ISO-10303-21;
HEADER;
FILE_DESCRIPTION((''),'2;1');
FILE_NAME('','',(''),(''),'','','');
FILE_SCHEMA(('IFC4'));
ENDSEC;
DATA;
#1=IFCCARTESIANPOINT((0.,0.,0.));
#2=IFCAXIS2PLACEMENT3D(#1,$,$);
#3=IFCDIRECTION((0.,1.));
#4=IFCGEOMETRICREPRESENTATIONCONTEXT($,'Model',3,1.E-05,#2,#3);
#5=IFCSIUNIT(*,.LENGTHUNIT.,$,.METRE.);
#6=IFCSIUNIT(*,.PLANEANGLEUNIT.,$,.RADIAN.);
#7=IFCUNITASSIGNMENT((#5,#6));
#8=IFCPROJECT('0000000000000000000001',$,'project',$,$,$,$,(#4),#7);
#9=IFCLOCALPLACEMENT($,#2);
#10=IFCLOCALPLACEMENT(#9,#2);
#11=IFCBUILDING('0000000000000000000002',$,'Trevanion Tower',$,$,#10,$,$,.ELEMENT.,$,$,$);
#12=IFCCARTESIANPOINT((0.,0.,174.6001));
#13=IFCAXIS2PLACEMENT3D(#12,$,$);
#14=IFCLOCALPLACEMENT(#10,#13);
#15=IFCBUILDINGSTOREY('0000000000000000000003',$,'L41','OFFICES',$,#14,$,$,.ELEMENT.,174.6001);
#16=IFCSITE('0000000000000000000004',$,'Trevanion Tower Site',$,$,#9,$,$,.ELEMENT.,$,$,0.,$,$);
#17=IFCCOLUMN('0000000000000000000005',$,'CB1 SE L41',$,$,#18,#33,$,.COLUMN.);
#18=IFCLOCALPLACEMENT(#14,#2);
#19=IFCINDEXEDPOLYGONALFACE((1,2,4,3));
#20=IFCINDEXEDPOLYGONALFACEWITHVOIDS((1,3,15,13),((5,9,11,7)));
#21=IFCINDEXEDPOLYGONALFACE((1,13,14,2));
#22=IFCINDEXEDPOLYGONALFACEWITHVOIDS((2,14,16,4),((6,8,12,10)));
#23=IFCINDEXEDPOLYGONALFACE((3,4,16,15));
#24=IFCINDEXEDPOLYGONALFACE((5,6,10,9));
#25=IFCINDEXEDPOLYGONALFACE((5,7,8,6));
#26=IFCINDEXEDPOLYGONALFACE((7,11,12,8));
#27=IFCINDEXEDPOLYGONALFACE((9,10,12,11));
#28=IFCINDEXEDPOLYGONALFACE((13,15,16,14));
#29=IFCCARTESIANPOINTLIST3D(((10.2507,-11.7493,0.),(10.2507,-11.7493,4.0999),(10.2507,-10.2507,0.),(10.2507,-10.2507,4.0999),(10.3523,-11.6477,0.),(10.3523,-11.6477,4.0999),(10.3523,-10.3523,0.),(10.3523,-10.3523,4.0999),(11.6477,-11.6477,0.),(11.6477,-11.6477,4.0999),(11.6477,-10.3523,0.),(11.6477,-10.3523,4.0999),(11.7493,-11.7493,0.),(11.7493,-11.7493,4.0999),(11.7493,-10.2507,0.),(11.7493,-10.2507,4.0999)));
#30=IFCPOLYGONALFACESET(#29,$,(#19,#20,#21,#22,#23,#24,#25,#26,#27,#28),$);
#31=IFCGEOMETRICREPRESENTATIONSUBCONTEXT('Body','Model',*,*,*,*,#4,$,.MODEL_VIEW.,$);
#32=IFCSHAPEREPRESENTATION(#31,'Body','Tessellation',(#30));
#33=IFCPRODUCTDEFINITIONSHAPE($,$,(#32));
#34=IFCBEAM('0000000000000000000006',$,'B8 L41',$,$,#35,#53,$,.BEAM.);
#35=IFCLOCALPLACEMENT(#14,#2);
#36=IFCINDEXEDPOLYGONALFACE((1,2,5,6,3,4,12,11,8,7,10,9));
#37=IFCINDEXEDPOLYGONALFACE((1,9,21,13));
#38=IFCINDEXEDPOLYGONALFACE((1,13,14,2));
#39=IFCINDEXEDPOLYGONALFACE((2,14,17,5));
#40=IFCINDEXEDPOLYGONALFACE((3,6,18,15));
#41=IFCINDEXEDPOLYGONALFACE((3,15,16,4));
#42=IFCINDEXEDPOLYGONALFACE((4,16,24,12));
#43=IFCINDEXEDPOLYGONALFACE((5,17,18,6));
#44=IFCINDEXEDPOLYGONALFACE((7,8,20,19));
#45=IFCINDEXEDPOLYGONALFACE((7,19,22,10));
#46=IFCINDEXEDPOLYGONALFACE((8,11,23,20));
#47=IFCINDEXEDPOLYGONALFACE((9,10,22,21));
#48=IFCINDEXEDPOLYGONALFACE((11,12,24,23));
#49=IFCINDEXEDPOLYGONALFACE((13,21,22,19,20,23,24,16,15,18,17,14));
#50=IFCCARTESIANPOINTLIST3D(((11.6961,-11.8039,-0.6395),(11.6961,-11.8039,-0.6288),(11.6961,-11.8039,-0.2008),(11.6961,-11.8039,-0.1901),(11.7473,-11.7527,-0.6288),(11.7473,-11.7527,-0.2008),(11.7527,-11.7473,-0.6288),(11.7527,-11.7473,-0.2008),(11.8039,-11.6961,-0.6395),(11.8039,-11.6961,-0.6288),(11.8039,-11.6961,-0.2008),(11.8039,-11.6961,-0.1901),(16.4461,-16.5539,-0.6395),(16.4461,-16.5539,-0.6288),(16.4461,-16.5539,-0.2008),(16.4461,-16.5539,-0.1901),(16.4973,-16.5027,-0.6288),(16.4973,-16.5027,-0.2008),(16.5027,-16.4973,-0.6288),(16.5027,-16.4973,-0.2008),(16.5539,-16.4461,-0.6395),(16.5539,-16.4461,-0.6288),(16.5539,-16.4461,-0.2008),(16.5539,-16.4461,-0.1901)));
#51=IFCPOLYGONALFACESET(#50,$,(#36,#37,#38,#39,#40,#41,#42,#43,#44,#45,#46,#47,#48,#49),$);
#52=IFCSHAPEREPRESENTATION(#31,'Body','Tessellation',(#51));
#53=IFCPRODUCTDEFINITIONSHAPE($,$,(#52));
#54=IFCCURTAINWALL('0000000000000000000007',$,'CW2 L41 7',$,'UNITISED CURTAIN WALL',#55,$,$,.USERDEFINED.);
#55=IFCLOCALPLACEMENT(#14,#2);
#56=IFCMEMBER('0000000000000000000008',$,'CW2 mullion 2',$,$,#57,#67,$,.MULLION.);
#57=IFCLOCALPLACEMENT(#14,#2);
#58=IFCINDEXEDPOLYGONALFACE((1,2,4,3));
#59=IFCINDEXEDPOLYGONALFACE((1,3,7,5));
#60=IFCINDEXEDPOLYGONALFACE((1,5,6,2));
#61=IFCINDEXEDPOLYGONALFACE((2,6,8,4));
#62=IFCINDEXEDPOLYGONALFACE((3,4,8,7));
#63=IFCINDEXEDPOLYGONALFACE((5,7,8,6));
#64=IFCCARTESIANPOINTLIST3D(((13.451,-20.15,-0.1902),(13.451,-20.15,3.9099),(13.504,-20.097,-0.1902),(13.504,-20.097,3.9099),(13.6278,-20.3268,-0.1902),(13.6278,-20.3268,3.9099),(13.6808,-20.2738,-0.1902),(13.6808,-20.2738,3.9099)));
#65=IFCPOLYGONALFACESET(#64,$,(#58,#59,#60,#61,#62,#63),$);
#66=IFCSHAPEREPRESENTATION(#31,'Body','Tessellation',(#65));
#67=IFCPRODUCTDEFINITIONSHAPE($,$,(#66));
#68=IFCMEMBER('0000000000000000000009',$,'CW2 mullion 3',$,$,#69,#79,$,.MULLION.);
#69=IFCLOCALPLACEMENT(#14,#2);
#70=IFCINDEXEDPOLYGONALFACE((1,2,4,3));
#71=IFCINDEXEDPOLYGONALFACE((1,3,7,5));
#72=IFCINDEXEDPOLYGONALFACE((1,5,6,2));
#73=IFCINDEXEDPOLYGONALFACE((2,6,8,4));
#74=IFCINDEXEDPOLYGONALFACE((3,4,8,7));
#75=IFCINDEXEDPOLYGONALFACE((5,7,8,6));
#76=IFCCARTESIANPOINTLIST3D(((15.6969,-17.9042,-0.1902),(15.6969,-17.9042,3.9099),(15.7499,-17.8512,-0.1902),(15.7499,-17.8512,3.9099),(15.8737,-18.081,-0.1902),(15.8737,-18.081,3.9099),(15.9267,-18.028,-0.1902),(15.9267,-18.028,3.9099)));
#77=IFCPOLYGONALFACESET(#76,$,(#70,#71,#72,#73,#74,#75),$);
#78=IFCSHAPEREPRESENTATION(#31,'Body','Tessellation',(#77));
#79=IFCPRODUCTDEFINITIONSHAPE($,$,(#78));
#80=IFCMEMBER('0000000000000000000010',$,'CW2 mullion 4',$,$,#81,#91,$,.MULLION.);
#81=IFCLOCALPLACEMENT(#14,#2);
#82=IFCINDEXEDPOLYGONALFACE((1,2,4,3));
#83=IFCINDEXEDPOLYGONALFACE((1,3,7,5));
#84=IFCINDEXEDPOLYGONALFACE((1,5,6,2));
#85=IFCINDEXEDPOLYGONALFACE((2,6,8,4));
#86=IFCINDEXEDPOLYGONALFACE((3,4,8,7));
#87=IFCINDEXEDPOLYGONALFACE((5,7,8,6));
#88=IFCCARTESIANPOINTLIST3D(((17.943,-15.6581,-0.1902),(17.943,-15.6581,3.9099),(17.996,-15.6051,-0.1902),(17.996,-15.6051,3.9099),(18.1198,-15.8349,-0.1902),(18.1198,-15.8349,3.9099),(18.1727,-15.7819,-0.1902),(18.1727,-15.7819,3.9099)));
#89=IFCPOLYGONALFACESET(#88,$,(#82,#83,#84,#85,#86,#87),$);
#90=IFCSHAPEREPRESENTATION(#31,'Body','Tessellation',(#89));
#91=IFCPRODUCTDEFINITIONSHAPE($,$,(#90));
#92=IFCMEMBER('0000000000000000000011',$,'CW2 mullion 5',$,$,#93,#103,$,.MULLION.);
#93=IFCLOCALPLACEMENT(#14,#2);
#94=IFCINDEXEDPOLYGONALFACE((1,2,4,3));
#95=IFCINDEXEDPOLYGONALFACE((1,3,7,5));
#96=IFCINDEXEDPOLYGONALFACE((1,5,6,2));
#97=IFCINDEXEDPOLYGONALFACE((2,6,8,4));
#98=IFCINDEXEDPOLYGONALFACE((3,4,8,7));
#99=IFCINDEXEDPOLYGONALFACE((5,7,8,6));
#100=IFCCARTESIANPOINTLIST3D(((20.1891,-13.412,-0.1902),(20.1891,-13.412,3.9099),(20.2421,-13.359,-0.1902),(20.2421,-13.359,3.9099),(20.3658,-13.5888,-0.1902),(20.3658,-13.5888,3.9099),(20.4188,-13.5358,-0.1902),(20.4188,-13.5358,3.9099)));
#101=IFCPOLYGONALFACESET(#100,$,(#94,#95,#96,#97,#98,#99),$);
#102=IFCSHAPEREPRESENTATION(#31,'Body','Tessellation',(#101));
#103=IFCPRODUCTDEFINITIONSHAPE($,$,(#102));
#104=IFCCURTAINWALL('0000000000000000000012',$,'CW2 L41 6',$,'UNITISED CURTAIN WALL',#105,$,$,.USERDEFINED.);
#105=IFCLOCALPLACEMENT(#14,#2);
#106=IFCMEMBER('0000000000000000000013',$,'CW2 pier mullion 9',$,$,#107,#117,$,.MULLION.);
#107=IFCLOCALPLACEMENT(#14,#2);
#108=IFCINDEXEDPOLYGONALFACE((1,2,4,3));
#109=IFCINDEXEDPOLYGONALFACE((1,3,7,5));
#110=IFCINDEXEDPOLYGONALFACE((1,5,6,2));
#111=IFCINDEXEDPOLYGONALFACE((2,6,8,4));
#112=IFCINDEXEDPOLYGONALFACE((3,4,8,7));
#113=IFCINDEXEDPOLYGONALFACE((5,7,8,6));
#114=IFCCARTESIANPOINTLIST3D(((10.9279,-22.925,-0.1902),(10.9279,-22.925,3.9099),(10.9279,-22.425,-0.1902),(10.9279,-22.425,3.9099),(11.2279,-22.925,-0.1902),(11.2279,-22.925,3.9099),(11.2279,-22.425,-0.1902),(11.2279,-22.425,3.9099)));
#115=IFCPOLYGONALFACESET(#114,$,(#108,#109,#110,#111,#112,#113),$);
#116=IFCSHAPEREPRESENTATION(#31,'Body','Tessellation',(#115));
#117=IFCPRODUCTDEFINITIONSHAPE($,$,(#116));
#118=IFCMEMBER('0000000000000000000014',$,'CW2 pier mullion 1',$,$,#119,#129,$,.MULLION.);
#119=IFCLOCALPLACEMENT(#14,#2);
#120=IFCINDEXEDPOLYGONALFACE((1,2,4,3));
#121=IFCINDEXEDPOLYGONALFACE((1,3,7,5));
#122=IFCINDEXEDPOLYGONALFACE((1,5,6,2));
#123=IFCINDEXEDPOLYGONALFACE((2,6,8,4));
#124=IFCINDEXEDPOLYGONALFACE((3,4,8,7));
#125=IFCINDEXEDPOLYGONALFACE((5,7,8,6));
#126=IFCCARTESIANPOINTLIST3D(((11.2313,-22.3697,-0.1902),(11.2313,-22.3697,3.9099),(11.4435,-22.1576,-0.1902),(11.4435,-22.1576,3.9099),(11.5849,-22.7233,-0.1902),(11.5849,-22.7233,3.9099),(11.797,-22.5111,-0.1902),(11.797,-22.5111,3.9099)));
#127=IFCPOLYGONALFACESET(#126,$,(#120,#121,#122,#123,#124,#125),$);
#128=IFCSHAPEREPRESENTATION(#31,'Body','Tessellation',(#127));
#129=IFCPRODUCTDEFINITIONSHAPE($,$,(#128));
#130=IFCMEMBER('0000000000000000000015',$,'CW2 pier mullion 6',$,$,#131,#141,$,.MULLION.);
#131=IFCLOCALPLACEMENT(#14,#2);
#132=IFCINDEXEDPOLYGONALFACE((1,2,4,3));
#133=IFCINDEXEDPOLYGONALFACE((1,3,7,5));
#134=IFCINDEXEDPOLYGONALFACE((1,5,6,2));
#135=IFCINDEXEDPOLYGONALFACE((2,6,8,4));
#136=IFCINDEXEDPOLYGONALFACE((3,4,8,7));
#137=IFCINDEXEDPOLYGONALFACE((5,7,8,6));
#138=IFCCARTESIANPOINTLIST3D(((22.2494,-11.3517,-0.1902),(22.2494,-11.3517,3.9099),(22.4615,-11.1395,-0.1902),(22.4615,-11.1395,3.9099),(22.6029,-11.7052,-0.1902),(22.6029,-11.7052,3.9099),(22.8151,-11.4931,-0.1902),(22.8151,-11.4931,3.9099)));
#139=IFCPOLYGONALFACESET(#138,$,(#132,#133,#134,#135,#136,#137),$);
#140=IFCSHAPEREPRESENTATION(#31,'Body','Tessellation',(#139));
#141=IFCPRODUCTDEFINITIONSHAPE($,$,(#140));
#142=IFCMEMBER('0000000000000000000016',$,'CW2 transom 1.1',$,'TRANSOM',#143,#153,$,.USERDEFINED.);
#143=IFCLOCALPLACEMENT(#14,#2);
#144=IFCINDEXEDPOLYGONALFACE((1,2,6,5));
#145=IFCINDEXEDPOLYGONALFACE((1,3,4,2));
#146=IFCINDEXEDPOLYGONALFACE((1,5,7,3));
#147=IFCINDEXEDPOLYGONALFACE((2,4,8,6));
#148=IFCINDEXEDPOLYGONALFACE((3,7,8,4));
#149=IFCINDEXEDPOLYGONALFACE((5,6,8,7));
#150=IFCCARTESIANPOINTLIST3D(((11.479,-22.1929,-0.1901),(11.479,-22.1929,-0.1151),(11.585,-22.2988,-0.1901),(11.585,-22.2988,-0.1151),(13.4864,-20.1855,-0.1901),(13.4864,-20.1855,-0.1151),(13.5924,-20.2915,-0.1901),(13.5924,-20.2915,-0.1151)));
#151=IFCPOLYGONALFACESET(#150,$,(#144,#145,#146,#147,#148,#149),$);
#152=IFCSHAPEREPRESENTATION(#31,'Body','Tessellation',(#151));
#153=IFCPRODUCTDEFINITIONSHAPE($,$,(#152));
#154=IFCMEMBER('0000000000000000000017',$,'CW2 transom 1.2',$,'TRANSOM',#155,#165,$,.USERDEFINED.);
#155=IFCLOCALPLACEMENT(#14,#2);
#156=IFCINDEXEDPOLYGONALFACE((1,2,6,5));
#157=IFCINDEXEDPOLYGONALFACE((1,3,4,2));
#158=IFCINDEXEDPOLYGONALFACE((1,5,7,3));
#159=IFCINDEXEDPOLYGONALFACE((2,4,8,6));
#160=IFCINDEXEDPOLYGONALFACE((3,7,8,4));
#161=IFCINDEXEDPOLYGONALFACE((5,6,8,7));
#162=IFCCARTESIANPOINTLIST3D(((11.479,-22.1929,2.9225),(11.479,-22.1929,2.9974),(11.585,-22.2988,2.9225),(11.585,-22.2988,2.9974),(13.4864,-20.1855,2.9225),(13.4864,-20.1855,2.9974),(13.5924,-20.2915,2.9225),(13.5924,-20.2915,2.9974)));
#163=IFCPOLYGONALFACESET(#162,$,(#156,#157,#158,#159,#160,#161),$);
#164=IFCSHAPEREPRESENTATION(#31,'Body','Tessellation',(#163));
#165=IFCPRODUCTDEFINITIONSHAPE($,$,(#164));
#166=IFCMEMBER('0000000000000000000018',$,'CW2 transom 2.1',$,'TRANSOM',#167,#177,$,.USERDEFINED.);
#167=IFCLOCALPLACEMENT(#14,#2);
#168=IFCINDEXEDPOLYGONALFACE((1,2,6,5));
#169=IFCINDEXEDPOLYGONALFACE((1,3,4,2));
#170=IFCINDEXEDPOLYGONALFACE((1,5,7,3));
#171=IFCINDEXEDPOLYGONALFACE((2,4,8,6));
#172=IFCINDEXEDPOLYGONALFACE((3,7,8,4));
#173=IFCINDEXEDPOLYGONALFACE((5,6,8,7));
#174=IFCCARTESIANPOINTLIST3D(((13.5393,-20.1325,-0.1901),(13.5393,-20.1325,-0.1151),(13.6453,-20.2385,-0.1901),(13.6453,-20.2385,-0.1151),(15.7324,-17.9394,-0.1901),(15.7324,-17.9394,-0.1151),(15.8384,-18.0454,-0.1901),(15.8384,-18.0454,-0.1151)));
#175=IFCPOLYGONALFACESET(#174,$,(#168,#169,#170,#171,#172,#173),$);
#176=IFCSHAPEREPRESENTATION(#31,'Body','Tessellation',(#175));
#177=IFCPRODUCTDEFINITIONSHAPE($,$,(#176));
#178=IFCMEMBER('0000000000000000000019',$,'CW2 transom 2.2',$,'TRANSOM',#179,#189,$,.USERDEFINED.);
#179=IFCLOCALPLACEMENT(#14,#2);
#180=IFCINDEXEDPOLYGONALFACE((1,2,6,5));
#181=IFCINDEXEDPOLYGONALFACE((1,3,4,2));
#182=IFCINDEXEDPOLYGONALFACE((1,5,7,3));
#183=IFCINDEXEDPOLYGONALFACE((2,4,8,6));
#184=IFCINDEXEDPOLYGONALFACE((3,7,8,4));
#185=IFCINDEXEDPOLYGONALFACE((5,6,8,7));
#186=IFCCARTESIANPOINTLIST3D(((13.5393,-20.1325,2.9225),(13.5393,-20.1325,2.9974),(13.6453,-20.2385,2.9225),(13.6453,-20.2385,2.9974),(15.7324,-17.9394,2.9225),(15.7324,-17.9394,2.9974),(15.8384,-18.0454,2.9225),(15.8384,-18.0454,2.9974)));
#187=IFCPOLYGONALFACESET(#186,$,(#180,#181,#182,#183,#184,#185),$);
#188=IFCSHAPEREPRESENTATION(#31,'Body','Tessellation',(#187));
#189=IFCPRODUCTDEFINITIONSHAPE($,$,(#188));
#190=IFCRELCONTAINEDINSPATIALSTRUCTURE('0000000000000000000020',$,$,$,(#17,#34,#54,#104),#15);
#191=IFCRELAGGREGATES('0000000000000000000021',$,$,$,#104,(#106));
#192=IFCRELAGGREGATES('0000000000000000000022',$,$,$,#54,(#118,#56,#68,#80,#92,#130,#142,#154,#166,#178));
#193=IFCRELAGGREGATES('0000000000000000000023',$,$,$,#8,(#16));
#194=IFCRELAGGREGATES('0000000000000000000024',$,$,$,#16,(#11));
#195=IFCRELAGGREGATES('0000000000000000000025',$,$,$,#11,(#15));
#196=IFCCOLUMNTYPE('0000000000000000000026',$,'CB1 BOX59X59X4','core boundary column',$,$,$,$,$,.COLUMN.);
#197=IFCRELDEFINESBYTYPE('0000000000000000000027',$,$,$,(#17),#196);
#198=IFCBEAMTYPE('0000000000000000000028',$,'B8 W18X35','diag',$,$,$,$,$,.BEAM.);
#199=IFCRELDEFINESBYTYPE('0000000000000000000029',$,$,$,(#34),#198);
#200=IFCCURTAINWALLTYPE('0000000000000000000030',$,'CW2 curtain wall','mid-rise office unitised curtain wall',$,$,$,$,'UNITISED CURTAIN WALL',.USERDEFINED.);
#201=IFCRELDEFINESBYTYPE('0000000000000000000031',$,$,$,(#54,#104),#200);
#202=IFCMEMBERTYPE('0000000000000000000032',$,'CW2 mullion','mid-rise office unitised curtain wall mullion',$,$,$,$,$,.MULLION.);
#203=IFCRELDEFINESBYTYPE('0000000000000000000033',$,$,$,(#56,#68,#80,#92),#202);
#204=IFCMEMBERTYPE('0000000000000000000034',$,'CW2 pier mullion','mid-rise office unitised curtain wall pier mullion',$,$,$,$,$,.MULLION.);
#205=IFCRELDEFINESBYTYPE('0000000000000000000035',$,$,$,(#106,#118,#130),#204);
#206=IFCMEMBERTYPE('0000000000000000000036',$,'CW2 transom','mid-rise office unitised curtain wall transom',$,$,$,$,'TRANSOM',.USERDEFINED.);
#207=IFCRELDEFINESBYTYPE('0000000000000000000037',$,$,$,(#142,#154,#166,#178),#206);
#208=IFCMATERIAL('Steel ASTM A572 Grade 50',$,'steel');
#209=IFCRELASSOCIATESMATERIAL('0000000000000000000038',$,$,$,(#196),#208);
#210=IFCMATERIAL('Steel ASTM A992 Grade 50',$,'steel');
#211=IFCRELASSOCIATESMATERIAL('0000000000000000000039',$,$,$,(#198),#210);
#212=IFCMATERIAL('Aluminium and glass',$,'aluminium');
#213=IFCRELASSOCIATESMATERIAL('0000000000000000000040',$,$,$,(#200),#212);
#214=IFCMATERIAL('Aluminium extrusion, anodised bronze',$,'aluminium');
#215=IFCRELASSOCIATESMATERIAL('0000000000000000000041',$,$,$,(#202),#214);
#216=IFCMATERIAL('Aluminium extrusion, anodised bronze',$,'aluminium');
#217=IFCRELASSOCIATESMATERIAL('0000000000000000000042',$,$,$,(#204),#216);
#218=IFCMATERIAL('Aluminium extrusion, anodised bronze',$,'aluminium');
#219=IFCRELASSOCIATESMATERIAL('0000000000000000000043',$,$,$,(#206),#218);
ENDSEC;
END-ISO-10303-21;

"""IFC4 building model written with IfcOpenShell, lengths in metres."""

from ifc_helpers import new_model, si_unit, direction, frame, origin, origin_2d, place, context, subcontext, project, spatial, rectangle, hollow_rectangle, i_section, extrude, material, material_profile, profile_set, type_object, element, aggregate, save


model = new_model("IFC4")

# Units and contexts
model_context = context("Model", 3, precision=1e-05, world=origin(), true_north=direction((0.0, 1.0)))
body_context = subcontext(model_context, "Body", "Model", "MODEL_VIEW")
ifc_project = project(units=[si_unit("LENGTHUNIT", "METRE"), si_unit("PLANEANGLEUNIT", "RADIAN")], contexts=[model_context])

# Site, building, storey
site_placement = place(None, origin())
site = spatial("IfcSite", under=ifc_project, at=site_placement, Name="Trevanion Tower Site", CompositionType="ELEMENT", RefElevation=0.0)
building_placement = place(site_placement, origin())
building = spatial("IfcBuilding", under=site, at=building_placement, Name="Trevanion Tower", CompositionType="ELEMENT")
storey_placement = place(building_placement, frame((0.0, 0.0, 174.6001)))
storey = spatial("IfcBuildingStorey", under=building, at=storey_placement, Name="L41", Description="OFFICES", CompositionType="ELEMENT", Elevation=174.6001)

# Column
ifc_material_1 = material(Name="Steel ASTM A572 Grade 50", Category="steel")
ifc_material_profile_1 = material_profile(ifc_material_1, hollow_rectangle(XDim=1.4985, YDim=1.4985, WallThickness=0.1016, at=origin_2d()), Name="BOX59X59X4")
ifc_profile_set_1 = profile_set([ifc_material_profile_1], Name="Steel ASTM A572 Grade 50")
column_type = type_object("IfcColumnType", Name="CB1 BOX59X59X4", Description="core boundary column", PredefinedType="COLUMN", material=ifc_profile_set_1)
column_placement = place(storey_placement, frame((11.0, -11.0, 0.0), z_axis=(0.0, 0.0, 1.0), x_axis=(1.0, 0.0, 0.0)))
element("IfcColumn", 1, at=column_placement, inside=storey, type_object=column_type, Name="CB1 SE L41", PredefinedType="COLUMN", context=body_context, shape_type="SweptSolid", body=[
    extrude(hollow_rectangle(XDim=1.4985, YDim=1.4985, WallThickness=0.1016, at=origin_2d()), origin(), (0.0, 0.0, 1.0), 4.0999),
])

# Beam
ifc_material_2 = material(Name="Steel ASTM A992 Grade 50", Category="steel")
ifc_material_profile_2 = material_profile(ifc_material_2, i_section(OverallWidth=0.1523, OverallDepth=0.4495, WebThickness=0.0076, FlangeThickness=0.0107, at=origin_2d()), Name="W18X35")
ifc_profile_set_2 = profile_set([ifc_material_profile_2], Name="Steel ASTM A992 Grade 50")
beam_type = type_object("IfcBeamType", Name="B8 W18X35", Description="diag", PredefinedType="BEAM", material=ifc_profile_set_2)
beam_placement = place(storey_placement, frame((11.75, -11.75, -0.4148), z_axis=(0.707107, -0.707107, 0.0), x_axis=(0.707107, 0.707107, 0.0)))
element("IfcBeam", 2, at=beam_placement, inside=storey, type_object=beam_type, Name="B8 L41", PredefinedType="BEAM", context=body_context, shape_type="SweptSolid", body=[
    extrude(i_section(OverallWidth=0.1523, OverallDepth=0.4495, WebThickness=0.0076, FlangeThickness=0.0107, at=origin_2d()), origin(), (0.0, 0.0, 1.0), 6.7175),
])

# Curtain wall, members
ifc_material_3 = material(Name="Aluminium and glass", Category="aluminium")
curtain_wall_type = type_object("IfcCurtainWallType", Name="CW2 curtain wall", Description="mid-rise office unitised curtain wall", ElementType="UNITISED CURTAIN WALL", PredefinedType="USERDEFINED", material=ifc_material_3)
curtain_wall_1_placement = place(storey_placement, origin())
curtain_wall_1 = element("IfcCurtainWall", 3, at=curtain_wall_1_placement, inside=storey, type_object=curtain_wall_type, Name="CW2 L41 7", ObjectType="UNITISED CURTAIN WALL", PredefinedType="USERDEFINED")
ifc_material_4 = material(Name="Aluminium extrusion, anodised bronze", Category="aluminium")
ifc_material_profile_3 = material_profile(ifc_material_4, rectangle(XDim=0.075, YDim=0.25, at=origin_2d()), Name="CW2 mullion")
ifc_profile_set_3 = profile_set([ifc_material_profile_3], Name="Aluminium extrusion, anodised bronze")
member_type_1 = type_object("IfcMemberType", Name="CW2 mullion", Description="mid-rise office unitised curtain wall mullion", PredefinedType="MULLION", material=ifc_profile_set_3)
member_1_placement = place(storey_placement, frame((13.5659, -20.2119, -0.1902), z_axis=(0.0, 0.0, 1.0), x_axis=(0.707107, 0.707107, 0.0)))
member_1 = element("IfcMember", 4, at=member_1_placement, type_object=member_type_1, Name="CW2 mullion 2", PredefinedType="MULLION", context=body_context, shape_type="SweptSolid", body=[
    extrude(rectangle(XDim=0.075, YDim=0.25, at=origin_2d()), origin(), (0.0, 0.0, 1.0), 4.1001),
])
member_2_placement = place(storey_placement, frame((15.8118, -17.9661, -0.1902), z_axis=(0.0, 0.0, 1.0), x_axis=(0.707107, 0.707107, 0.0)))
member_2 = element("IfcMember", 5, at=member_2_placement, type_object=member_type_1, Name="CW2 mullion 3", PredefinedType="MULLION", context=body_context, shape_type="SweptSolid", body=[
    extrude(rectangle(XDim=0.075, YDim=0.25, at=origin_2d()), origin(), (0.0, 0.0, 1.0), 4.1001),
])
member_3_placement = place(storey_placement, frame((18.0579, -15.72, -0.1902), z_axis=(0.0, 0.0, 1.0), x_axis=(0.707107, 0.707107, 0.0)))
member_3 = element("IfcMember", 6, at=member_3_placement, type_object=member_type_1, Name="CW2 mullion 4", PredefinedType="MULLION", context=body_context, shape_type="SweptSolid", body=[
    extrude(rectangle(XDim=0.075, YDim=0.25, at=origin_2d()), origin(), (0.0, 0.0, 1.0), 4.1001),
])
member_4_placement = place(storey_placement, frame((20.304, -13.4739, -0.1902), z_axis=(0.0, 0.0, 1.0), x_axis=(0.707107, 0.707107, 0.0)))
member_4 = element("IfcMember", 7, at=member_4_placement, type_object=member_type_1, Name="CW2 mullion 5", PredefinedType="MULLION", context=body_context, shape_type="SweptSolid", body=[
    extrude(rectangle(XDim=0.075, YDim=0.25, at=origin_2d()), origin(), (0.0, 0.0, 1.0), 4.1001),
])

# Curtain wall, member
curtain_wall_2_placement = place(storey_placement, origin())
curtain_wall_2 = element("IfcCurtainWall", 8, at=curtain_wall_2_placement, inside=storey, type_object=curtain_wall_type, Name="CW2 L41 6", ObjectType="UNITISED CURTAIN WALL", PredefinedType="USERDEFINED")
ifc_material_5 = material(Name="Aluminium extrusion, anodised bronze", Category="aluminium")
ifc_material_profile_4 = material_profile(ifc_material_5, rectangle(XDim=0.3, YDim=0.5, at=origin_2d()), Name="CW2 pier mullion")
ifc_profile_set_4 = profile_set([ifc_material_profile_4], Name="Aluminium extrusion, anodised bronze")
member_type_2 = type_object("IfcMemberType", Name="CW2 pier mullion", Description="mid-rise office unitised curtain wall pier mullion", PredefinedType="MULLION", material=ifc_profile_set_4)
member_5_placement = place(storey_placement, frame((11.0779, -22.675, -0.1902), z_axis=(0.0, 0.0, 1.0), x_axis=(1.0, 0.0, 0.0)))
member_5 = element("IfcMember", 9, at=member_5_placement, type_object=member_type_2, Name="CW2 pier mullion 9", PredefinedType="MULLION", context=body_context, shape_type="SweptSolid", body=[
    extrude(rectangle(XDim=0.3, YDim=0.5, at=origin_2d()), origin(), (0.0, 0.0, 1.0), 4.1001),
])
aggregate(curtain_wall_2, [member_5])

# Members
member_6_placement = place(storey_placement, frame((11.5142, -22.4404, -0.1902), z_axis=(0.0, 0.0, 1.0), x_axis=(0.707107, 0.707107, 0.0)))
member_6 = element("IfcMember", 10, at=member_6_placement, type_object=member_type_2, Name="CW2 pier mullion 1", PredefinedType="MULLION", context=body_context, shape_type="SweptSolid", body=[
    extrude(rectangle(XDim=0.3, YDim=0.5, at=origin_2d()), origin(), (0.0, 0.0, 1.0), 4.1001),
])
member_7_placement = place(storey_placement, frame((22.5322, -11.4224, -0.1902), z_axis=(0.0, 0.0, 1.0), x_axis=(0.707107, 0.707107, 0.0)))
member_7 = element("IfcMember", 11, at=member_7_placement, type_object=member_type_2, Name="CW2 pier mullion 6", PredefinedType="MULLION", context=body_context, shape_type="SweptSolid", body=[
    extrude(rectangle(XDim=0.3, YDim=0.5, at=origin_2d()), origin(), (0.0, 0.0, 1.0), 4.1001),
])
ifc_material_6 = material(Name="Aluminium extrusion, anodised bronze", Category="aluminium")
ifc_material_profile_5 = material_profile(ifc_material_6, rectangle(XDim=0.1499, YDim=0.075, at=origin_2d()), Name="CW2 transom")
ifc_profile_set_5 = profile_set([ifc_material_profile_5], Name="Aluminium extrusion, anodised bronze")
member_type_3 = type_object("IfcMemberType", Name="CW2 transom", Description="mid-rise office unitised curtain wall transom", ElementType="TRANSOM", PredefinedType="USERDEFINED", material=ifc_profile_set_5)
member_8_placement = place(storey_placement, frame((11.532, -22.2458, -0.1526), z_axis=(0.707107, 0.707107, 0.0), x_axis=(-0.707107, 0.707107, 0.0)))
member_8 = element("IfcMember", 12, at=member_8_placement, type_object=member_type_3, Name="CW2 transom 1.1", ObjectType="TRANSOM", PredefinedType="USERDEFINED", context=body_context, shape_type="SweptSolid", body=[
    extrude(rectangle(XDim=0.1499, YDim=0.075, at=origin_2d()), origin(), (0.0, 0.0, 1.0), 2.8389),
])
member_9_placement = place(storey_placement, frame((11.532, -22.2458, 2.96), z_axis=(0.707107, 0.707107, 0.0), x_axis=(-0.707107, 0.707107, 0.0)))
member_9 = element("IfcMember", 13, at=member_9_placement, type_object=member_type_3, Name="CW2 transom 1.2", ObjectType="TRANSOM", PredefinedType="USERDEFINED", context=body_context, shape_type="SweptSolid", body=[
    extrude(rectangle(XDim=0.1499, YDim=0.075, at=origin_2d()), origin(), (0.0, 0.0, 1.0), 2.8389),
])
member_10_placement = place(storey_placement, frame((13.5923, -20.1855, -0.1526), z_axis=(0.707107, 0.707107, 0.0), x_axis=(-0.707107, 0.707107, 0.0)))
member_10 = element("IfcMember", 14, at=member_10_placement, type_object=member_type_3, Name="CW2 transom 2.1", ObjectType="TRANSOM", PredefinedType="USERDEFINED", context=body_context, shape_type="SweptSolid", body=[
    extrude(rectangle(XDim=0.1499, YDim=0.075, at=origin_2d()), origin(), (0.0, 0.0, 1.0), 3.1016),
])
member_11_placement = place(storey_placement, frame((13.5923, -20.1855, 2.96), z_axis=(0.707107, 0.707107, 0.0), x_axis=(-0.707107, 0.707107, 0.0)))
member_11 = element("IfcMember", 15, at=member_11_placement, type_object=member_type_3, Name="CW2 transom 2.2", ObjectType="TRANSOM", PredefinedType="USERDEFINED", context=body_context, shape_type="SweptSolid", body=[
    extrude(rectangle(XDim=0.1499, YDim=0.075, at=origin_2d()), origin(), (0.0, 0.0, 1.0), 3.1016),
])

aggregate(curtain_wall_1, [member_6, member_1, member_2, member_3, member_4, member_7, member_8, member_9, member_10, member_11])

save(model, "model.ifc")
